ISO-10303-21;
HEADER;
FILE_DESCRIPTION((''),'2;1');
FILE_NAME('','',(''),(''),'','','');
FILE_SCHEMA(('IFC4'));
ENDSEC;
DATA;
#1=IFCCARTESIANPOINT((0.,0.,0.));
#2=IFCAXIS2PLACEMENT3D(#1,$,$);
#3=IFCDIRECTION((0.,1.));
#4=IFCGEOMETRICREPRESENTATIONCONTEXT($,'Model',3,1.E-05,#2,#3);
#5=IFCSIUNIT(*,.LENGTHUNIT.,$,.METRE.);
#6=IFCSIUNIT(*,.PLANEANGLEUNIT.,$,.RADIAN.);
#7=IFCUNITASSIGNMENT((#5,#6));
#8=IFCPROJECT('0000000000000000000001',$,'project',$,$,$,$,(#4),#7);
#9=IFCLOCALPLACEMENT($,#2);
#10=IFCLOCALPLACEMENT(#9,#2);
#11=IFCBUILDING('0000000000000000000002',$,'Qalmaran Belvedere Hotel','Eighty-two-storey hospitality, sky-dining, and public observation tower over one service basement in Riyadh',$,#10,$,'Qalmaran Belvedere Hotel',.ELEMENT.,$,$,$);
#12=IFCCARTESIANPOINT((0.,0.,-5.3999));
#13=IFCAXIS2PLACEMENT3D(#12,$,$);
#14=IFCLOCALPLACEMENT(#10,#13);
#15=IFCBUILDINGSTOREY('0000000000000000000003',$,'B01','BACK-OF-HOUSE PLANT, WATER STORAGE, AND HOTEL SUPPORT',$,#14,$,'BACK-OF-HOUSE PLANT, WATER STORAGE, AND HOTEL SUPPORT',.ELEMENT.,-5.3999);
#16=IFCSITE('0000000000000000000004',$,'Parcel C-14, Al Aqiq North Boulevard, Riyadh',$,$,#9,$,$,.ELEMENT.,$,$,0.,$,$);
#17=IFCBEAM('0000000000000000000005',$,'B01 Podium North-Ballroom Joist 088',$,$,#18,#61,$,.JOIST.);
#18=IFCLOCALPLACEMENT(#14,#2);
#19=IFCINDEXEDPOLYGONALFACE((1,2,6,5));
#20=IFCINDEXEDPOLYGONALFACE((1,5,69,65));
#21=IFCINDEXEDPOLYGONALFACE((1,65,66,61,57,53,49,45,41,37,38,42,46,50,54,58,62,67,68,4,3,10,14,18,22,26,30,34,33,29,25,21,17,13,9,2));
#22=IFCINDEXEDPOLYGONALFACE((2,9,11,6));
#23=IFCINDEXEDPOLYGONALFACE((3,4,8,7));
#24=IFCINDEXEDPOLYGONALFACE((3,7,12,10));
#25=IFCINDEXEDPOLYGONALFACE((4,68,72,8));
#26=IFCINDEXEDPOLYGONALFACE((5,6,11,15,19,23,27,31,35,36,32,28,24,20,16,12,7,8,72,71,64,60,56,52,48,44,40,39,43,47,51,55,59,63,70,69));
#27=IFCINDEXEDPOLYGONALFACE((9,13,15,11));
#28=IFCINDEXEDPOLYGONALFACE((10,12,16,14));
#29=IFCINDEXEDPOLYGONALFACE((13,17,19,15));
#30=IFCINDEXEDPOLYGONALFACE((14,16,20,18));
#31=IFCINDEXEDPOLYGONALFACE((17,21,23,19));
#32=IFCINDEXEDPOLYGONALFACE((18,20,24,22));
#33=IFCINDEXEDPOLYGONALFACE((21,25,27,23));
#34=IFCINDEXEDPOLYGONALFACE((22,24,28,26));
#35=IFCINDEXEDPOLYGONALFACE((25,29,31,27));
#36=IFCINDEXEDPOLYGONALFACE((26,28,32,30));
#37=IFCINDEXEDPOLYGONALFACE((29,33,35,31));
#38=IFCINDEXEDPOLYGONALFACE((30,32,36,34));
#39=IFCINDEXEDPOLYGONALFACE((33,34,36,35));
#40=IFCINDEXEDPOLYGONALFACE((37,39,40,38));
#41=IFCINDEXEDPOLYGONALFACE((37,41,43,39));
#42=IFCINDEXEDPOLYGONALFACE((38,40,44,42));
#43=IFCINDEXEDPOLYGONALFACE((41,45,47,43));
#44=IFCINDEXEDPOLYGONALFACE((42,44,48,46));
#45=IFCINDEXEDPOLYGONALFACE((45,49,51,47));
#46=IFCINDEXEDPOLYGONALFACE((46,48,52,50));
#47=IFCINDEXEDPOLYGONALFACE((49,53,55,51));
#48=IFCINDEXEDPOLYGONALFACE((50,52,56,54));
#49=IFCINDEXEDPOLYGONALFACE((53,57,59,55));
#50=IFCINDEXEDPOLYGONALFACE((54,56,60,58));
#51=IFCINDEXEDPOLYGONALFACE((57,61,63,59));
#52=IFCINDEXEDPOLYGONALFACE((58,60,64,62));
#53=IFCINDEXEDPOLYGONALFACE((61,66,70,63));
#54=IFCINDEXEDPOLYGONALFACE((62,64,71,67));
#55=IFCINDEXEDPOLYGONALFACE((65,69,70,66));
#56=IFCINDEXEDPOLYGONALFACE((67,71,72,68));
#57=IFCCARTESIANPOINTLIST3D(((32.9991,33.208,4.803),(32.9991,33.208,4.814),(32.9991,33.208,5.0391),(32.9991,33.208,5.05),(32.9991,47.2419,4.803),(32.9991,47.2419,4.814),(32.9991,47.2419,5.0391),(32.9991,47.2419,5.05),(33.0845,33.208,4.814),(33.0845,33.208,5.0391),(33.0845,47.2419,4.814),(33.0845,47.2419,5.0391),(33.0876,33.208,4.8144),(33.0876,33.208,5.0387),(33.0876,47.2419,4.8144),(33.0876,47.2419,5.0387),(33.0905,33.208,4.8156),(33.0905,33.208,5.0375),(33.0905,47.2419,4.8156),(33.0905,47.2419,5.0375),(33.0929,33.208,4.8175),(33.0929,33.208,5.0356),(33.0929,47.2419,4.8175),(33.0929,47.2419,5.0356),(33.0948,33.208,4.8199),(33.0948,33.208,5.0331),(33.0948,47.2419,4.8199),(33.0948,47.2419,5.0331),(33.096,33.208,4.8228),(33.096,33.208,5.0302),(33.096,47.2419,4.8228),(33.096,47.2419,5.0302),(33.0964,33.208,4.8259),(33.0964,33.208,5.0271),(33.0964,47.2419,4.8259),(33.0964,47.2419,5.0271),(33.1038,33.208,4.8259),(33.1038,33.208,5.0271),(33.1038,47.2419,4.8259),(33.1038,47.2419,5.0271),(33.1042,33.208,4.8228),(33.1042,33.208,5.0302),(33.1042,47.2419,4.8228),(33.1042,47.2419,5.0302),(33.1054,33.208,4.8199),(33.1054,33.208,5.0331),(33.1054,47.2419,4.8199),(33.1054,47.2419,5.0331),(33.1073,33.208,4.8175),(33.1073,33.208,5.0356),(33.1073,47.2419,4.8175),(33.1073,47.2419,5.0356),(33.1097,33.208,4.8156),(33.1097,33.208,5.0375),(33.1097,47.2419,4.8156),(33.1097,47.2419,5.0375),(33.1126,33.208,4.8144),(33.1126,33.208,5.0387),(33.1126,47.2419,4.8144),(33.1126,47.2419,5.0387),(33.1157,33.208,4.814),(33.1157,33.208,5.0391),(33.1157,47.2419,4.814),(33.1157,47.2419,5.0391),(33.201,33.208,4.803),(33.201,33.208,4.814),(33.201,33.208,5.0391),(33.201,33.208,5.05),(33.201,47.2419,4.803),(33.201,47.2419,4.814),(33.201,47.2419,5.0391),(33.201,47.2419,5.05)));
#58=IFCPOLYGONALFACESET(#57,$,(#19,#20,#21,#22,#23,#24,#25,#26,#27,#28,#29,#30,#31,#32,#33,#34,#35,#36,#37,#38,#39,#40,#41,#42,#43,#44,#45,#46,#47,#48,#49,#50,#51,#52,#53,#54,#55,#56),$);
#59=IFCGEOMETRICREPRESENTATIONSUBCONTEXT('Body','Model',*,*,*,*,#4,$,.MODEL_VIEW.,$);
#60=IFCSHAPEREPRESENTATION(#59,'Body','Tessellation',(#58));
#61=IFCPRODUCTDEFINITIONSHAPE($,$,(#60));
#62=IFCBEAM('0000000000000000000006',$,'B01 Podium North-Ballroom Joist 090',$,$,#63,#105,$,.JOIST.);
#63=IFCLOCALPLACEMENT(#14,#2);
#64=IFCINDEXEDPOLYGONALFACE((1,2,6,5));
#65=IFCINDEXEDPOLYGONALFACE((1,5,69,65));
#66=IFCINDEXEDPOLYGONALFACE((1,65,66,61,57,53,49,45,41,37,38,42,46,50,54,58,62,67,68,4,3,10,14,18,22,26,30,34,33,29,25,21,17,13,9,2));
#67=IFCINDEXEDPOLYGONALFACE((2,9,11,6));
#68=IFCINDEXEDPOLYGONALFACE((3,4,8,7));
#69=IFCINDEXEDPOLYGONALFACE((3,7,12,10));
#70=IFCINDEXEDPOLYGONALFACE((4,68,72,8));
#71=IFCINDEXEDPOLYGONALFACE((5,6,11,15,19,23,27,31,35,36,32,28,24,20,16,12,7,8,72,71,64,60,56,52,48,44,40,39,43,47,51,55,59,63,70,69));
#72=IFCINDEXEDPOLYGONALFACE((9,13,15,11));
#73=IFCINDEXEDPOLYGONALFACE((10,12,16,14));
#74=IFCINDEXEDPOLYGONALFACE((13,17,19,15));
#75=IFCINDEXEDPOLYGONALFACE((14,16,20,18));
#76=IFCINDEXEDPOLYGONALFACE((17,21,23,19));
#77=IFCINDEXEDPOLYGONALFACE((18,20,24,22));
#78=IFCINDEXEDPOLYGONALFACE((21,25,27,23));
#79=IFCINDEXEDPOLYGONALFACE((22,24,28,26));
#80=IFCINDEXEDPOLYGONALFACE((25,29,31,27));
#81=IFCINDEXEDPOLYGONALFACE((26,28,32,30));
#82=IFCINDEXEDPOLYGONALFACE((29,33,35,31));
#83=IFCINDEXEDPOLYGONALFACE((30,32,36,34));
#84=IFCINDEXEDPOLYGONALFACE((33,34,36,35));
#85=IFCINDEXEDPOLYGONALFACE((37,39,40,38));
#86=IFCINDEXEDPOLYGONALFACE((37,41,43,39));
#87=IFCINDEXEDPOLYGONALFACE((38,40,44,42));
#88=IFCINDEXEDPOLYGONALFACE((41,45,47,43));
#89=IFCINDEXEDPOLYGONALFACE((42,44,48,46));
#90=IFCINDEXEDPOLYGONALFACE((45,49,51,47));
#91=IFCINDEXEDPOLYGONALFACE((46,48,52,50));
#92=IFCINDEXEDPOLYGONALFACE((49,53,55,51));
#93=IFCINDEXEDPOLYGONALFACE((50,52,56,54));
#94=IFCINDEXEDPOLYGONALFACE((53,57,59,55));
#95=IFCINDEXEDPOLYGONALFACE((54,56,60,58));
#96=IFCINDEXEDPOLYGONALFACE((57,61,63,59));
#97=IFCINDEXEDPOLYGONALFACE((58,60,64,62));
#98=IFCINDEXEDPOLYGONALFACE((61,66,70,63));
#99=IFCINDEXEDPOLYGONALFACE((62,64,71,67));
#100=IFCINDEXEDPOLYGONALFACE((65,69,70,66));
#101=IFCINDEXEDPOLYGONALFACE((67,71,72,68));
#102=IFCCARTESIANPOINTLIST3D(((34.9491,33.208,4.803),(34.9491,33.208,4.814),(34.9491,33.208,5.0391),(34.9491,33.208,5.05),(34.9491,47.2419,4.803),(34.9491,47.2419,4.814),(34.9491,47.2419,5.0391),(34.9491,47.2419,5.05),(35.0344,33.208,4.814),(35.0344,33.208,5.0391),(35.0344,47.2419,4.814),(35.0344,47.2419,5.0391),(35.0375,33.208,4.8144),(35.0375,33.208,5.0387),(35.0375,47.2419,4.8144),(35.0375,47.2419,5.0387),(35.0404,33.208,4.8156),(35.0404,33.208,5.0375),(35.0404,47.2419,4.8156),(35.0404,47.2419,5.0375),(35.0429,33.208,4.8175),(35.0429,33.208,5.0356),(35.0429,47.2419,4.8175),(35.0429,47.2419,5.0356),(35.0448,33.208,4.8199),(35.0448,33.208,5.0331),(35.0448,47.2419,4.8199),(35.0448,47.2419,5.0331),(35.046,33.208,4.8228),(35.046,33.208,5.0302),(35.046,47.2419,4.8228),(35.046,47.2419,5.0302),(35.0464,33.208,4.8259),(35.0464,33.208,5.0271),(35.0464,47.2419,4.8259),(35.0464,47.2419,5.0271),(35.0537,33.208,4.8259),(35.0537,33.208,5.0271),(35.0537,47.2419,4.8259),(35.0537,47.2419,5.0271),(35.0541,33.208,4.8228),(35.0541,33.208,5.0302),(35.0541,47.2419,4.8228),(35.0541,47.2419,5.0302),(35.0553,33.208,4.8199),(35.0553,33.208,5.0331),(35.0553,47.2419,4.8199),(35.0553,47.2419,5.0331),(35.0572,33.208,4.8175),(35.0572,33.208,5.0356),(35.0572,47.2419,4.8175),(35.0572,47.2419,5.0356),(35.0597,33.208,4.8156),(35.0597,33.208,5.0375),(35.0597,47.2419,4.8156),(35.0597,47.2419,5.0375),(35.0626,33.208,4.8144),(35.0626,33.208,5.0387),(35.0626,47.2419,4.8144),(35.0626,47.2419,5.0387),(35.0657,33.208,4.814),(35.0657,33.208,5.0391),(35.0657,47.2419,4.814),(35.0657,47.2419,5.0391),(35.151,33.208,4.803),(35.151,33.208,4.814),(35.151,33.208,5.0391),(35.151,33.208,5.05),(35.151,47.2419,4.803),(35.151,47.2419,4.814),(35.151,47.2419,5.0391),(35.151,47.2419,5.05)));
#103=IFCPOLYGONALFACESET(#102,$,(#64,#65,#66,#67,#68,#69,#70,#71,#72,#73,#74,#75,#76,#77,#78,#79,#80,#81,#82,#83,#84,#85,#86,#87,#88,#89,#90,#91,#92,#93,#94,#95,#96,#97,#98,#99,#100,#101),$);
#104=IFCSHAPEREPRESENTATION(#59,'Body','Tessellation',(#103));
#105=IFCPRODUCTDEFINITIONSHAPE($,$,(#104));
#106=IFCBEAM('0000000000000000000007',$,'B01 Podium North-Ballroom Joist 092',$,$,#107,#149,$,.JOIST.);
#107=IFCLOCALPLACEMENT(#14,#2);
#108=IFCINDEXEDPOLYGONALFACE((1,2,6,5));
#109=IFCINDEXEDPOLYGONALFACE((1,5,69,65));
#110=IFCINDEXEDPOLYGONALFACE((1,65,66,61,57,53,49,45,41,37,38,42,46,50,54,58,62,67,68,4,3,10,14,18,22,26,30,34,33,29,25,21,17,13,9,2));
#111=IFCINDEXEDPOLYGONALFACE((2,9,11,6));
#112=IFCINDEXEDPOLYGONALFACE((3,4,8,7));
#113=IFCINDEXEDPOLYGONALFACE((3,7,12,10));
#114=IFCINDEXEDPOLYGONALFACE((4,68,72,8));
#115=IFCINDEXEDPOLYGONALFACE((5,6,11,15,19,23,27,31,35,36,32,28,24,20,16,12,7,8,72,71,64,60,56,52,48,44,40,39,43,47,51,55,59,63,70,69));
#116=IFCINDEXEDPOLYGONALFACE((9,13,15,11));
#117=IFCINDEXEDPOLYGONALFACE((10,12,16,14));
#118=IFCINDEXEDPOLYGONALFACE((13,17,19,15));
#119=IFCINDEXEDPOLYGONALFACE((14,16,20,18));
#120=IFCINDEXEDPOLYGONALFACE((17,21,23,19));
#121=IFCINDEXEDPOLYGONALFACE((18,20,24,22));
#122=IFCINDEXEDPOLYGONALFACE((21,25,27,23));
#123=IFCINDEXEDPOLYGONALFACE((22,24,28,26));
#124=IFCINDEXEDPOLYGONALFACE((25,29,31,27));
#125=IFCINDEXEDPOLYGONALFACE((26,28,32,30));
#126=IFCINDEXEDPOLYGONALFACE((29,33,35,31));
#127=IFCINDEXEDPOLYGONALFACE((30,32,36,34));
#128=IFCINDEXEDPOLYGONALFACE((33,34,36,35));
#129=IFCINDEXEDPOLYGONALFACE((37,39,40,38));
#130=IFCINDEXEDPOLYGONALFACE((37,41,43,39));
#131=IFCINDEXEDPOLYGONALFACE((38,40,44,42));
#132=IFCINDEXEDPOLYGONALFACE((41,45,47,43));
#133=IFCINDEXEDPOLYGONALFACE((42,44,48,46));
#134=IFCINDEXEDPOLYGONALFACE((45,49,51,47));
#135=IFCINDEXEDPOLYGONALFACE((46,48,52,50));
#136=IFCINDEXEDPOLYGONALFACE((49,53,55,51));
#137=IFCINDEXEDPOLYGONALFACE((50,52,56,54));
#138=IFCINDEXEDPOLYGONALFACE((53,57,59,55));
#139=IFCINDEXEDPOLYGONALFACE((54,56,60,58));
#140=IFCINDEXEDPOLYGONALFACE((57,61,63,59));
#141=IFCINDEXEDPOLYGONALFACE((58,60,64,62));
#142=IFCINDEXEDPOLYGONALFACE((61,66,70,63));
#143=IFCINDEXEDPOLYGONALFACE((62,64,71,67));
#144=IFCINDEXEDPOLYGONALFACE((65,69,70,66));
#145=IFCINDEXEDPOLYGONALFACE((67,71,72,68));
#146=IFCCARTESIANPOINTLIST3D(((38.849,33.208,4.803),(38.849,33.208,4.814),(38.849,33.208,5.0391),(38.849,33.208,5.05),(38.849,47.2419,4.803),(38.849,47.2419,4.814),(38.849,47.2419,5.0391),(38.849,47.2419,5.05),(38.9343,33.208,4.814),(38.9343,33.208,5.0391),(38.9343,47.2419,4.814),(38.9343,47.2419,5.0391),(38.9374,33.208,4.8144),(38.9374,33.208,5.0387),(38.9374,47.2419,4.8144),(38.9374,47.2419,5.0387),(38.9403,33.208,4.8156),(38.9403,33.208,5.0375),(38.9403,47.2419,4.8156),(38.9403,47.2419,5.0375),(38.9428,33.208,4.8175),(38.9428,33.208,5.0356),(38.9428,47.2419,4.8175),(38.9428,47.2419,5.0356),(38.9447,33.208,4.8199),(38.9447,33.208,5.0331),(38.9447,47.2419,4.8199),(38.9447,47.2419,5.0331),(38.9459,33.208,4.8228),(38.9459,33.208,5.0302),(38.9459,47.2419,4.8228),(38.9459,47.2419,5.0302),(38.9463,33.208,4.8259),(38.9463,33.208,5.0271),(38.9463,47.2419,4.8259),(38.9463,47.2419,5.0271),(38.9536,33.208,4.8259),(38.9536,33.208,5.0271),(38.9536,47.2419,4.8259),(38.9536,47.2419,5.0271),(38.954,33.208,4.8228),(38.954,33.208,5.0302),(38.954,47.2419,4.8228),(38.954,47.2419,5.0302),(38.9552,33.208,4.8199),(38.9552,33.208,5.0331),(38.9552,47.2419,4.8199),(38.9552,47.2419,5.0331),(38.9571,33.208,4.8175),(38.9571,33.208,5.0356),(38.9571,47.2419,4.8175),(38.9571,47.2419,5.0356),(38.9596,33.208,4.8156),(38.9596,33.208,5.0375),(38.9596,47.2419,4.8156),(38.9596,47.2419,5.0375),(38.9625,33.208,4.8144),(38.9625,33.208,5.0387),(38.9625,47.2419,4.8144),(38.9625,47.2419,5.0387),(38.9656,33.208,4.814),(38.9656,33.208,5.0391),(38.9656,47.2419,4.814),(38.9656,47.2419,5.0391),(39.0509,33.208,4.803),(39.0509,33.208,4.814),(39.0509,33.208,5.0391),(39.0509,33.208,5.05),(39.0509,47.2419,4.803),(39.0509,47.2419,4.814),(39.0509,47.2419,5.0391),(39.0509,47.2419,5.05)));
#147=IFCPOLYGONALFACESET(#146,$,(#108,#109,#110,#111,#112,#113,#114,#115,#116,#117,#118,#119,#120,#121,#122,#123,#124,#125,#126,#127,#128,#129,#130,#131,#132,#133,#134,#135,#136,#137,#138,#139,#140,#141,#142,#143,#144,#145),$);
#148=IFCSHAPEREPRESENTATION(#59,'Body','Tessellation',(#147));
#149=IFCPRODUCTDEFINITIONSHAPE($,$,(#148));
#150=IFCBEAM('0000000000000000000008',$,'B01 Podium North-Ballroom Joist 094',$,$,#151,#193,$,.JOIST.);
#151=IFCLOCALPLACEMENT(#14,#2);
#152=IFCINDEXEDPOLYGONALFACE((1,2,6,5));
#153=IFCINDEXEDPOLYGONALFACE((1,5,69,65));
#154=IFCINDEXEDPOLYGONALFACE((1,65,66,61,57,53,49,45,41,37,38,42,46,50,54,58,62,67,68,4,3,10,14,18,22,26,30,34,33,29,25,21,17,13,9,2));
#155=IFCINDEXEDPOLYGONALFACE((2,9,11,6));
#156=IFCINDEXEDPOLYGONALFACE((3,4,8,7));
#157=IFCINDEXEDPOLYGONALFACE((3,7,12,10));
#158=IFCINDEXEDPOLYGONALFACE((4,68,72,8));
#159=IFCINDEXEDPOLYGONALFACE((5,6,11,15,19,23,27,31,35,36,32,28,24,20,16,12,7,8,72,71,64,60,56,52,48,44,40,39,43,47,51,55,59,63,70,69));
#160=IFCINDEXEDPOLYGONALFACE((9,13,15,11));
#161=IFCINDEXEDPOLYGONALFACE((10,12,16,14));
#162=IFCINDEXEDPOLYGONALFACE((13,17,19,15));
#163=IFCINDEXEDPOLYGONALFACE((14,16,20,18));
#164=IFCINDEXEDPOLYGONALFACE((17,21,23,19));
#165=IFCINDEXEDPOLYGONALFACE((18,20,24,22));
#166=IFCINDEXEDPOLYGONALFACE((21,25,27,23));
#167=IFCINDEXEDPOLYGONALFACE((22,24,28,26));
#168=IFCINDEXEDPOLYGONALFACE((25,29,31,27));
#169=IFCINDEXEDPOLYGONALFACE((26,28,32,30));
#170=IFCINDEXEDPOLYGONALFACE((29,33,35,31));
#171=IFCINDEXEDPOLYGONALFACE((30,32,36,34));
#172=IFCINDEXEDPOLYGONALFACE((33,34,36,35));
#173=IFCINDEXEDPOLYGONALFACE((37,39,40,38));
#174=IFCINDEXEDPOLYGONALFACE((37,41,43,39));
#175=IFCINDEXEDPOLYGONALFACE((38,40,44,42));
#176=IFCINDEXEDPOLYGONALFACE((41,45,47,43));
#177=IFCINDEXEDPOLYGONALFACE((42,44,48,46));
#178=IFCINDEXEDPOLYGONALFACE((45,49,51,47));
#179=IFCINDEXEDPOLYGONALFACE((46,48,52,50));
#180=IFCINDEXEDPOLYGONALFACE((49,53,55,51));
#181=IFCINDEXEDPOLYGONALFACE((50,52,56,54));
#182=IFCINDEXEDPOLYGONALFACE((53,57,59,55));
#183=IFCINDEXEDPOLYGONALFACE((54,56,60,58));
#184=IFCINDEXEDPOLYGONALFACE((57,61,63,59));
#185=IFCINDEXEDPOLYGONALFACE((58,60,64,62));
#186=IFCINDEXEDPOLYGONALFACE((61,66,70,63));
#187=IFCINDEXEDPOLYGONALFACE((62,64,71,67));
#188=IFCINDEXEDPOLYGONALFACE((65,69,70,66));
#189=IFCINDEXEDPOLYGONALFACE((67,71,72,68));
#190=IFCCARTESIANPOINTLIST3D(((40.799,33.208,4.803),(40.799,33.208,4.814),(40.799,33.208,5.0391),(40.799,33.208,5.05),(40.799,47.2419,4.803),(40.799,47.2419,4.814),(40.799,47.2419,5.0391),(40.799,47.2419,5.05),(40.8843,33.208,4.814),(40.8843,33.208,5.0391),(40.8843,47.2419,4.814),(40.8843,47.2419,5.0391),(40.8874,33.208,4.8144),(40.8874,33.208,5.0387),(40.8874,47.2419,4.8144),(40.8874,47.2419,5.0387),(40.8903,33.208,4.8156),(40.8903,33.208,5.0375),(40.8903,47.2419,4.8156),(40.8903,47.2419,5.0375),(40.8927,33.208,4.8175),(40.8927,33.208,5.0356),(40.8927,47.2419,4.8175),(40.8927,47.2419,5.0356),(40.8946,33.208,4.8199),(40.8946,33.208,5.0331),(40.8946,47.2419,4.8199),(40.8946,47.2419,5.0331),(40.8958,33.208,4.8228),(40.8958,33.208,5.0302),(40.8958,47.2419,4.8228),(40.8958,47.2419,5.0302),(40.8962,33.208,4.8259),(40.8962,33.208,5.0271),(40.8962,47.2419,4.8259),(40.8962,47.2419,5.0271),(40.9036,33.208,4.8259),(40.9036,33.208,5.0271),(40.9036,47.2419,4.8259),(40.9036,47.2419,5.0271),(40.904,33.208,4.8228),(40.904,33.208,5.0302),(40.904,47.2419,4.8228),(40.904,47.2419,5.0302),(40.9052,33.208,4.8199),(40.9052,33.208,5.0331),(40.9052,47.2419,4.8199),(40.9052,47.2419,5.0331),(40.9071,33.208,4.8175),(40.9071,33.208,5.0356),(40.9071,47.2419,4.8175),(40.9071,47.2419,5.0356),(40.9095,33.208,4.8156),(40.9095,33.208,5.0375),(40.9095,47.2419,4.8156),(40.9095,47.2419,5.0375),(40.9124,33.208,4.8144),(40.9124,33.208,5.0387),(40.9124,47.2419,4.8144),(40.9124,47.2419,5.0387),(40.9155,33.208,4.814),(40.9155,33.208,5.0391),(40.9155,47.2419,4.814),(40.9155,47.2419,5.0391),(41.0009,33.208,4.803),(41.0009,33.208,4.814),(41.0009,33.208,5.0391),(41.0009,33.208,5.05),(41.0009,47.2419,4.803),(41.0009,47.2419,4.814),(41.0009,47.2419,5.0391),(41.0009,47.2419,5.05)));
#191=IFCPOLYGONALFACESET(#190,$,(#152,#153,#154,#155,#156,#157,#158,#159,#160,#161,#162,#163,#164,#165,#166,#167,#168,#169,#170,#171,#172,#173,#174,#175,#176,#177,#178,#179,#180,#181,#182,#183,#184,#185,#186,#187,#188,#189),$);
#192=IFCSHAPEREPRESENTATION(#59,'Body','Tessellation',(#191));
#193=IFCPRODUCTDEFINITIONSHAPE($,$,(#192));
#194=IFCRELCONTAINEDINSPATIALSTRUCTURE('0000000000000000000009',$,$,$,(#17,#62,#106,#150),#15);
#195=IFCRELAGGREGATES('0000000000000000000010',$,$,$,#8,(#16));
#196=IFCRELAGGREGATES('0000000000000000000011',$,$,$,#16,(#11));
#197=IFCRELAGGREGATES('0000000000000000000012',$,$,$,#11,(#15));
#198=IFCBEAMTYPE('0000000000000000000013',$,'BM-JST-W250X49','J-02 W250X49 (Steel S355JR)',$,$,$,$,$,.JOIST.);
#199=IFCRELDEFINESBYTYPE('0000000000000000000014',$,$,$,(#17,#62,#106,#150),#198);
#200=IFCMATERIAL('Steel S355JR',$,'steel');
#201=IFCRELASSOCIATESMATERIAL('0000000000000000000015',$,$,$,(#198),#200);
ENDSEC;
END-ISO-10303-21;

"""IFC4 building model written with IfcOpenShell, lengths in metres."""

from ifc_helpers import new_model, si_unit, direction, frame, origin, origin_2d, place, context, subcontext, project, spatial, i_section, extrude, material, material_profile, profile_set, type_object, element, save


model = new_model("IFC4")

# Units and contexts
model_context = context("Model", 3, precision=1e-05, world=origin(), true_north=direction((0.0, 1.0)))
body_context = subcontext(model_context, "Body", "Model", "MODEL_VIEW")
ifc_project = project(units=[si_unit("LENGTHUNIT", "METRE"), si_unit("PLANEANGLEUNIT", "RADIAN")], contexts=[model_context])

# Site, building, storey
site_placement = place(None, origin())
site = spatial("IfcSite", under=ifc_project, at=site_placement, Name="Parcel C-14, Al Aqiq North Boulevard, Riyadh", CompositionType="ELEMENT", RefElevation=0.0)
building_placement = place(site_placement, origin())
building = spatial("IfcBuilding", under=site, at=building_placement, Name="Qalmaran Belvedere Hotel", Description="Eighty-two-storey hospitality, sky-dining, and public observation tower over one service basement in Riyadh", LongName="Qalmaran Belvedere Hotel", CompositionType="ELEMENT")
storey_placement = place(building_placement, frame((0.0, 0.0, -5.3999)))
storey = spatial("IfcBuildingStorey", under=building, at=storey_placement, Name="B01", Description="BACK-OF-HOUSE PLANT, WATER STORAGE, AND HOTEL SUPPORT", LongName="BACK-OF-HOUSE PLANT, WATER STORAGE, AND HOTEL SUPPORT", CompositionType="ELEMENT", Elevation=-5.3999)

# Beams
ifc_material_1 = material(Name="Steel S355JR", Category="steel")
ifc_material_profile_1 = material_profile(ifc_material_1, i_section(OverallWidth=0.2019, OverallDepth=0.2471, WebThickness=0.0073, FlangeThickness=0.011, FilletRadius=0.012, at=origin_2d()), Name="W250X49")
ifc_profile_set_1 = profile_set([ifc_material_profile_1], Name="Steel S355JR")
beam_type_1 = type_object("IfcBeamType", Name="BM-JST-W250X49", Description="J-02 W250X49 (Steel S355JR)", PredefinedType="JOIST", material=ifc_profile_set_1)
for number, where, z_axis, x_axis, name in (
    (1, (33.1001, 33.208, 4.9265), (0.0, 1.0, 0.0), (-1.0, 0.0, 0.0), "B01 Podium North-Ballroom Joist 088"),
    (2, (35.05, 33.208, 4.9265), (0.0, 1.0, 0.0), (-1.0, 0.0, 0.0), "B01 Podium North-Ballroom Joist 090"),
    (3, (38.95, 33.208, 4.9265), (0.0, 1.0, 0.0), (-1.0, 0.0, 0.0), "B01 Podium North-Ballroom Joist 092"),
    (4, (40.8999, 33.208, 4.9265), (0.0, 1.0, 0.0), (-1.0, 0.0, 0.0), "B01 Podium North-Ballroom Joist 094"),
):
    element("IfcBeam", number, at=place(storey_placement, frame(where, z_axis=z_axis, x_axis=x_axis)), inside=storey, type_object=beam_type_1, Name=name, PredefinedType="JOIST", context=body_context, shape_type="SweptSolid", body=[
        extrude(i_section(OverallWidth=0.2019, OverallDepth=0.2471, WebThickness=0.0073, FlangeThickness=0.011, FilletRadius=0.012, at=origin_2d()), origin(), (0.0, 0.0, 1.0), 14.0339),
    ])

save(model, "model.ifc")
